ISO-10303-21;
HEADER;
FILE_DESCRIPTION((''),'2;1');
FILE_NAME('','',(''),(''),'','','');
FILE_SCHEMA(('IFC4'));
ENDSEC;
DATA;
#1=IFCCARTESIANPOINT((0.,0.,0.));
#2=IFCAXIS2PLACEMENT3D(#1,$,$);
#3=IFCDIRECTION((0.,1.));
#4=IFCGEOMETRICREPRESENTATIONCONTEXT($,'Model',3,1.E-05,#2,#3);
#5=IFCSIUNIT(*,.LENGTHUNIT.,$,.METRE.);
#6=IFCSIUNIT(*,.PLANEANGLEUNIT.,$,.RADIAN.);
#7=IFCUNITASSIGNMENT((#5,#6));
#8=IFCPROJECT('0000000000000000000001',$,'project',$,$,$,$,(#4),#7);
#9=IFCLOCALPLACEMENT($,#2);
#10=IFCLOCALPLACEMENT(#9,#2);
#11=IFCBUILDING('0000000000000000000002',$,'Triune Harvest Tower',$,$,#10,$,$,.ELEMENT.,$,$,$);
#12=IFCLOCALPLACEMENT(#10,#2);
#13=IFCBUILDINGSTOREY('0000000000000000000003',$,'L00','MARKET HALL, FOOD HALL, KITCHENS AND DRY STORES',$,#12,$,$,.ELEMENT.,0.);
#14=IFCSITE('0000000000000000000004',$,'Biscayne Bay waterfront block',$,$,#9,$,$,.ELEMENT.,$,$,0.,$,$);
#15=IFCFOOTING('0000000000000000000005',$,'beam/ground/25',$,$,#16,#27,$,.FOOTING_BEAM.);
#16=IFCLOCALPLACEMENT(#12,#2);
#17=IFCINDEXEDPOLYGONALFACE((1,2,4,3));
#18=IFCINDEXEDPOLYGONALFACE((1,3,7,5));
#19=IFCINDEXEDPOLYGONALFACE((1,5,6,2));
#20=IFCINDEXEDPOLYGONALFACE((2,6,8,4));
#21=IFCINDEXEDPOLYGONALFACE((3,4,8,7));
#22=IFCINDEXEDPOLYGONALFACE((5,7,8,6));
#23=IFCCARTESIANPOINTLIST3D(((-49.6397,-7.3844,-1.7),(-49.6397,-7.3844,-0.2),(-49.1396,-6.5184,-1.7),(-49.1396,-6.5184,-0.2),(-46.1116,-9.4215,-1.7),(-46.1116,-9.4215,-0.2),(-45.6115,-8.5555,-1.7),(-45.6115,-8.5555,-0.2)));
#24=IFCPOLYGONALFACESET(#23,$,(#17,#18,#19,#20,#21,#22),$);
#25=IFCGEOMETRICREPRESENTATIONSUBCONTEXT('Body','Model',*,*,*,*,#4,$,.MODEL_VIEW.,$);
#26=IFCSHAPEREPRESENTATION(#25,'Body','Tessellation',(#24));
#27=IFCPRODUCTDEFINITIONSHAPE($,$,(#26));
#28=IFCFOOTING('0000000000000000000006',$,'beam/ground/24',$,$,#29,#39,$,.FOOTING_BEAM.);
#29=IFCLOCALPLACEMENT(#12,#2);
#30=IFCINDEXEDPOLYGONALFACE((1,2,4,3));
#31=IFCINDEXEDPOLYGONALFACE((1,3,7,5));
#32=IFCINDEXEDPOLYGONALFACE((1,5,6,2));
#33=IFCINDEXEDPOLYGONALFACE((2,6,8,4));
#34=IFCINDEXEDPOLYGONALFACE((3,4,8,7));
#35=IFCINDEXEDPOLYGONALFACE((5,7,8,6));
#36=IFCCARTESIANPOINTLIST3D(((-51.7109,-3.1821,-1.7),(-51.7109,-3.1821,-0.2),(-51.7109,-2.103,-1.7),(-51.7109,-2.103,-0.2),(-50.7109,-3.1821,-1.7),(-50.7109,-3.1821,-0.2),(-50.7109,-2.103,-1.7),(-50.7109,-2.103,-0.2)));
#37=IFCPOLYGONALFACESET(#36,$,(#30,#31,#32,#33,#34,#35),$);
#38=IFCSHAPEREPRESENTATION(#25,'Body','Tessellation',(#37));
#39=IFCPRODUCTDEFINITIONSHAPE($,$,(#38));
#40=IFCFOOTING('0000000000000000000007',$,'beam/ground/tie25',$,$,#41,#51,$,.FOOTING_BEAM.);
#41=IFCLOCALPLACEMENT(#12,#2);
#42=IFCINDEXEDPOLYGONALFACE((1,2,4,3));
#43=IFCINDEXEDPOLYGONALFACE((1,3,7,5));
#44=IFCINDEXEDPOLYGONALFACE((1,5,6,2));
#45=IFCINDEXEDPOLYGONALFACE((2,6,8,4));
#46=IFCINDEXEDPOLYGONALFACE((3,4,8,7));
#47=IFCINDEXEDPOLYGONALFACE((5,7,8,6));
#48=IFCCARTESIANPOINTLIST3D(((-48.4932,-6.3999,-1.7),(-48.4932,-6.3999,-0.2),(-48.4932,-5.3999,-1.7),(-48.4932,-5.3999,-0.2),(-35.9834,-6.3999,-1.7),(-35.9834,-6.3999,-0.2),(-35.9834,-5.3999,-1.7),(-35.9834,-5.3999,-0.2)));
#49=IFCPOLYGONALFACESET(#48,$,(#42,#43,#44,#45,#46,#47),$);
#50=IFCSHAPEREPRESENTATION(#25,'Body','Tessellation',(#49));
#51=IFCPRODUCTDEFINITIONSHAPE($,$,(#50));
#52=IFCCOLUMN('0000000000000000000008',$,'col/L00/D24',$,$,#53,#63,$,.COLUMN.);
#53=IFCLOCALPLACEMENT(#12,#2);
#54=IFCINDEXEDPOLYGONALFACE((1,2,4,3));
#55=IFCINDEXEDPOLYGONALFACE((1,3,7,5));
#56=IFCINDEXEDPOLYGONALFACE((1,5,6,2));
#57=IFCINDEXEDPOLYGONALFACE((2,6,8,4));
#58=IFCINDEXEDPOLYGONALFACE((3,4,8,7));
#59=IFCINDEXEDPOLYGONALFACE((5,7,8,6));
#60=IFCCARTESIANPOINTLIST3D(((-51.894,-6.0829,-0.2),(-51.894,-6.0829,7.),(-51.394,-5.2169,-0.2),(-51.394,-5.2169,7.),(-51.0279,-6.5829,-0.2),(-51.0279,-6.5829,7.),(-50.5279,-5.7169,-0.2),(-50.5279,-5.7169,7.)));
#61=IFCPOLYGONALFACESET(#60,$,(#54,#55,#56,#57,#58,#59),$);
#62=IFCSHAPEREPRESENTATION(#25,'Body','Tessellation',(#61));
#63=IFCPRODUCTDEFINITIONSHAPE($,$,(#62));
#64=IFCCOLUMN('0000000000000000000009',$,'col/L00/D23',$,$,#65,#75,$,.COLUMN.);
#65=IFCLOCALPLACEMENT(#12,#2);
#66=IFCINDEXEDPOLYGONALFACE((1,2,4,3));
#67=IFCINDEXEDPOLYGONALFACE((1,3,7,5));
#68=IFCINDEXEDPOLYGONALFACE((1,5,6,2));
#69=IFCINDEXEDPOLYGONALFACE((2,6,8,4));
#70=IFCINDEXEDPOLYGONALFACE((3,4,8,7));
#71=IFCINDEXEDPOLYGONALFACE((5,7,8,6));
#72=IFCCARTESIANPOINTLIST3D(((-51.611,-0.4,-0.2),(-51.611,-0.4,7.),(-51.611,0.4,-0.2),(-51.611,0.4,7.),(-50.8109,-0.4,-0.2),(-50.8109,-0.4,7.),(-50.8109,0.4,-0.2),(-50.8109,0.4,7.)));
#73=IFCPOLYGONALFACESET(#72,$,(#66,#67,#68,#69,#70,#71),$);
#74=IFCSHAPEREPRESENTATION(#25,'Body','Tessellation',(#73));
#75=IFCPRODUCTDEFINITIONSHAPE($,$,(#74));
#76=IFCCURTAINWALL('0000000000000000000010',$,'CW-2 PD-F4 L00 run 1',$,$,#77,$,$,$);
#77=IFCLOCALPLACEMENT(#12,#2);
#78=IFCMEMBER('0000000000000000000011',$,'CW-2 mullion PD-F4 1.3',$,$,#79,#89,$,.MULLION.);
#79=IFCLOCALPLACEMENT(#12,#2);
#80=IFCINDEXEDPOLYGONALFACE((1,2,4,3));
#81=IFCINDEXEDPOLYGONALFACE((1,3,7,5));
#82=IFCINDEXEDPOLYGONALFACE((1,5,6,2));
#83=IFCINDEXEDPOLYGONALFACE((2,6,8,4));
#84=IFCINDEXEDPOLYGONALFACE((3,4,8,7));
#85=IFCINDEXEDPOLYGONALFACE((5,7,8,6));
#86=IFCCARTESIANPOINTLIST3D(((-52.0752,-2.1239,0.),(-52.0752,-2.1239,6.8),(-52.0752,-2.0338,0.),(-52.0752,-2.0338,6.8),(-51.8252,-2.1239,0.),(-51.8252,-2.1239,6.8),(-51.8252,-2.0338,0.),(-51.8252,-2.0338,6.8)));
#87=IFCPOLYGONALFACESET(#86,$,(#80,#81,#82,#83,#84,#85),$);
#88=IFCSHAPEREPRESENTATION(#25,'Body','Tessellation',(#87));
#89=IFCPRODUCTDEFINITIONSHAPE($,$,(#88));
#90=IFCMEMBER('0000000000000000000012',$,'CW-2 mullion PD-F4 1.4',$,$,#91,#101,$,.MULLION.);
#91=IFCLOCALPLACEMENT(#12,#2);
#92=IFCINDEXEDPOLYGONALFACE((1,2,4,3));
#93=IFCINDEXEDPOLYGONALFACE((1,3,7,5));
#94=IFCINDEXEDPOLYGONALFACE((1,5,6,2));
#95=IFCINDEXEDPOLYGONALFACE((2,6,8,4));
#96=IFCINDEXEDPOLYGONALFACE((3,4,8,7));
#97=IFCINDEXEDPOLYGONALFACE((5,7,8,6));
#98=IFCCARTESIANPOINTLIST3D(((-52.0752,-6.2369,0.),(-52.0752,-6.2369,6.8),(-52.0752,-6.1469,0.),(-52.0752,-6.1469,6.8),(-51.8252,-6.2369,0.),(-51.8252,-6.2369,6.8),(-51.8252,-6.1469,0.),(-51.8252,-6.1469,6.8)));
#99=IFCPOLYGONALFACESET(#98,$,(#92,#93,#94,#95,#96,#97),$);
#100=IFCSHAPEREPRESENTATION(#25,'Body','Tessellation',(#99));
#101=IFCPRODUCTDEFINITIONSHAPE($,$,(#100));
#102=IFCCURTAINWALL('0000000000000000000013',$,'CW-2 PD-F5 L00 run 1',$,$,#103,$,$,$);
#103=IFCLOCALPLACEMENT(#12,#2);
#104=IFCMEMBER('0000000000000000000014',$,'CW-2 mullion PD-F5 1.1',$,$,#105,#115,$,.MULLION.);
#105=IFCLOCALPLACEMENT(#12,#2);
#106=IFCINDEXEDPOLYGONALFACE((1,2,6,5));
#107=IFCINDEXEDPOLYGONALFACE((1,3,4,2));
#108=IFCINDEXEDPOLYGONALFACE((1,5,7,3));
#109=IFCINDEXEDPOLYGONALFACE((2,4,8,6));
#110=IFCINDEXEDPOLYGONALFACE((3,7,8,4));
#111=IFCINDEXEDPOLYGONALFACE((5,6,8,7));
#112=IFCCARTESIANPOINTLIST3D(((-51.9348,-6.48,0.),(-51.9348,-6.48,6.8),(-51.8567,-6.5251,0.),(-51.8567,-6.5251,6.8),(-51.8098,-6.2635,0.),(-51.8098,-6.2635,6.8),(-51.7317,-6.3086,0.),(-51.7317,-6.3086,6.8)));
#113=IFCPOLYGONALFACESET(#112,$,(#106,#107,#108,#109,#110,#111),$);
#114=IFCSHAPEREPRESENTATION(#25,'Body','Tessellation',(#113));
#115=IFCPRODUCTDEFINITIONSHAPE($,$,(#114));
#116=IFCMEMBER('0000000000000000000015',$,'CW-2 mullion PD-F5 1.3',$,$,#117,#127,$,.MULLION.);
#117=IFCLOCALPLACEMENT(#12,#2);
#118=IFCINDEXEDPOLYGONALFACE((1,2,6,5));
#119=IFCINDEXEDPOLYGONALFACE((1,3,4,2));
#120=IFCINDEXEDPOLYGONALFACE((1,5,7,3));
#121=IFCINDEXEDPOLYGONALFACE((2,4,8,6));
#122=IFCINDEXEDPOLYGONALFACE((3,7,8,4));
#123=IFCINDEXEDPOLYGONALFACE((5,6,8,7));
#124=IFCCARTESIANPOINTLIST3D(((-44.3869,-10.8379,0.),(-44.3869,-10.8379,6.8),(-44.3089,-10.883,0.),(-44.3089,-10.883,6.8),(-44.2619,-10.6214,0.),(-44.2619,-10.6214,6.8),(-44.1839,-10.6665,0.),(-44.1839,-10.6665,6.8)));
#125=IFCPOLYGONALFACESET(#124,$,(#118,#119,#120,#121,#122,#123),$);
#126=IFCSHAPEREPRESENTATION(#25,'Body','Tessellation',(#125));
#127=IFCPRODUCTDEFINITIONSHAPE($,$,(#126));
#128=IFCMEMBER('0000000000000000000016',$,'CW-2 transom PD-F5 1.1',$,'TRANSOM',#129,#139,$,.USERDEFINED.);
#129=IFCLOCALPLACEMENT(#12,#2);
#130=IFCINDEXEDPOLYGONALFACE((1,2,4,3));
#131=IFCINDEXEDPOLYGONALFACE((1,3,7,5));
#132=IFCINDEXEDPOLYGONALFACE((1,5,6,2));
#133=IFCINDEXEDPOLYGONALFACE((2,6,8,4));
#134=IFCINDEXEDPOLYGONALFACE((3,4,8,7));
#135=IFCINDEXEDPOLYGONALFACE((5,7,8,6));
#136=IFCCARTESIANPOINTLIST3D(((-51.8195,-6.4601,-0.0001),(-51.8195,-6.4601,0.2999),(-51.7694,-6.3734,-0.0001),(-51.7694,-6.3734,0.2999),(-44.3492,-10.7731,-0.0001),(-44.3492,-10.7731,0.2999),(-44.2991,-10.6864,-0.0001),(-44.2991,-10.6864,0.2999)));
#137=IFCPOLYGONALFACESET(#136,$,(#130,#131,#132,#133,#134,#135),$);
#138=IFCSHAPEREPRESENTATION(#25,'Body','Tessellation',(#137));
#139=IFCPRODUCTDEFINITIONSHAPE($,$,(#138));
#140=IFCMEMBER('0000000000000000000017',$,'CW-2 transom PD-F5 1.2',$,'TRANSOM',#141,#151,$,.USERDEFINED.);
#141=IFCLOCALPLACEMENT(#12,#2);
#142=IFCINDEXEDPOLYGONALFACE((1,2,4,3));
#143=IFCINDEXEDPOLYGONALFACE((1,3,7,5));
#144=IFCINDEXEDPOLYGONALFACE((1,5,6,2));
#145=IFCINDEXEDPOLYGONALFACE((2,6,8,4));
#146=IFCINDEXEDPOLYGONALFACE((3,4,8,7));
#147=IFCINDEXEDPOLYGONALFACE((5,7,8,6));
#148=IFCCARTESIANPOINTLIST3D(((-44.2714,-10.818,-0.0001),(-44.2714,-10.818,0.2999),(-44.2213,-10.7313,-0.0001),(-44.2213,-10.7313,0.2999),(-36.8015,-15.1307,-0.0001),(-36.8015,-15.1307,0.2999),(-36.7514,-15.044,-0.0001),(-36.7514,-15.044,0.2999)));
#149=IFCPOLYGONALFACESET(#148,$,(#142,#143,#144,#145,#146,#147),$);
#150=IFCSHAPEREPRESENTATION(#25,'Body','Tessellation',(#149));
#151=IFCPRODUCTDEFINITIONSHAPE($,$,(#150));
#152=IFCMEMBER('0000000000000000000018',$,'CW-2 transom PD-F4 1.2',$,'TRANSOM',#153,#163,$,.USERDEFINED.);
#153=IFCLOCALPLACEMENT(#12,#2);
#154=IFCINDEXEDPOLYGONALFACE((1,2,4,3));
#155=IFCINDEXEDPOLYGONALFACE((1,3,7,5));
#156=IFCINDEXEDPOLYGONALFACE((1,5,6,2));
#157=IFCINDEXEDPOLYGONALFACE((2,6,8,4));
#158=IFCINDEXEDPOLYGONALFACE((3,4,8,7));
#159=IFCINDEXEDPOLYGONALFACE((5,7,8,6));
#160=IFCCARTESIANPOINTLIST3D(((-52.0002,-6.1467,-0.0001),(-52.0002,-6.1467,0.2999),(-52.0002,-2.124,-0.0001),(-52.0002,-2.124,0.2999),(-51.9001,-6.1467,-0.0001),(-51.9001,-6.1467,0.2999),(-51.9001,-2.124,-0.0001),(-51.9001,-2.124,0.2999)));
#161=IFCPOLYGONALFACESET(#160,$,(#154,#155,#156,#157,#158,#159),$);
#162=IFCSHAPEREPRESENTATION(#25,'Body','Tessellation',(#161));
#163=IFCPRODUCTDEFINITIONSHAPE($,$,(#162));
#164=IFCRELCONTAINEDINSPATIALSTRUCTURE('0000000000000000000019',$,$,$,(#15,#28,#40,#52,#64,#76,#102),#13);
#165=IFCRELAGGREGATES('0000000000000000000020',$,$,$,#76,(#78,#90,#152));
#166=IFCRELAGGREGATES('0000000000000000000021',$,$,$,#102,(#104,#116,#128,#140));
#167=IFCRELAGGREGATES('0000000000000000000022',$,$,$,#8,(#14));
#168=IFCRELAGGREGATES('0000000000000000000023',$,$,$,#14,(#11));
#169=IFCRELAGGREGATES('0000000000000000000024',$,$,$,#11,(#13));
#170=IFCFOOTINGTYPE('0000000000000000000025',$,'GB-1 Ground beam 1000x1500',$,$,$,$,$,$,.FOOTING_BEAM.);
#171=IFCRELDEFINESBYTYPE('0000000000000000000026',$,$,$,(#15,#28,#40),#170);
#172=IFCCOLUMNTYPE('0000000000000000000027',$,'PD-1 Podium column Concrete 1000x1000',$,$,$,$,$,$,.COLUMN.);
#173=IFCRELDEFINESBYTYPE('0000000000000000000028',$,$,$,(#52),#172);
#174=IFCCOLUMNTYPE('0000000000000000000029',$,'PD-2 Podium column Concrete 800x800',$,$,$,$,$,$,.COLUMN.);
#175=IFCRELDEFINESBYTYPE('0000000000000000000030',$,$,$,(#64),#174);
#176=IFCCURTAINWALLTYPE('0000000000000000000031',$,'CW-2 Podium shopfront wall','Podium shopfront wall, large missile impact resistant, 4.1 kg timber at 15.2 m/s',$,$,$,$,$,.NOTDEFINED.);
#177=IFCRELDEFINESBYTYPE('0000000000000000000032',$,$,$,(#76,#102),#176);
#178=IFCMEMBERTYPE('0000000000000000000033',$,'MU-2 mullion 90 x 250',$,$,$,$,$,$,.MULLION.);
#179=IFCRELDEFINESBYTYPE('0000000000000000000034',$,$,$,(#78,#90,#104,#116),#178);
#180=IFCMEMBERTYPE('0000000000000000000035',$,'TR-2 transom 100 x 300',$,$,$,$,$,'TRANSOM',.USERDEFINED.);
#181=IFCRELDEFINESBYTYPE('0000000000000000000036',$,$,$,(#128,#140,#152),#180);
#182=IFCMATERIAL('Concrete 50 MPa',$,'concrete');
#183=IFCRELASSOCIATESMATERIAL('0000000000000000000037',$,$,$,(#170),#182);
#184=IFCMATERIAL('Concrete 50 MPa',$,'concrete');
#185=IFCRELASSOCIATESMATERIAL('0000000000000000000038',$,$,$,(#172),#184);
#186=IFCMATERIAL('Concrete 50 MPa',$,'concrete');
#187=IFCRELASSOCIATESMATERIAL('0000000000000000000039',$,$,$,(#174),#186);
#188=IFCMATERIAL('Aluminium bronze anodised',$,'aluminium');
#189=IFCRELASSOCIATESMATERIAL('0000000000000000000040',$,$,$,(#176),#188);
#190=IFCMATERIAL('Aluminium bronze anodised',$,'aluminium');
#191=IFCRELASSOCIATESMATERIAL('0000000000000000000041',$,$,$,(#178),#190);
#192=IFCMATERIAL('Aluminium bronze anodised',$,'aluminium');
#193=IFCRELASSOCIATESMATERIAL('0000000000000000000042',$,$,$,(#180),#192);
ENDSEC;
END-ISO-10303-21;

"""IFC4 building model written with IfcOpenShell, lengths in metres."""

from ifc_helpers import new_model, si_unit, direction, frame, origin, origin_2d, place, context, subcontext, project, spatial, rectangle, extrude, source, transform, mapped, material, material_profile, profile_set, type_object, element, aggregate, save


model = new_model("IFC4")

# Units and contexts
model_context = context("Model", 3, precision=1e-05, world=origin(), true_north=direction((0.0, 1.0)))
body_context = subcontext(model_context, "Body", "Model", "MODEL_VIEW")
ifc_project = project(units=[si_unit("LENGTHUNIT", "METRE"), si_unit("PLANEANGLEUNIT", "RADIAN")], contexts=[model_context])

# Site, building, storey
site_placement = place(None, origin())
site = spatial("IfcSite", under=ifc_project, at=site_placement, Name="Biscayne Bay waterfront block", CompositionType="ELEMENT", RefElevation=0.0)
building_placement = place(site_placement, origin())
building = spatial("IfcBuilding", under=site, at=building_placement, Name="Triune Harvest Tower", CompositionType="ELEMENT")
storey_placement = place(building_placement, origin())
storey = spatial("IfcBuildingStorey", under=building, at=storey_placement, Name="L00", Description="MARKET HALL, FOOD HALL, KITCHENS AND DRY STORES", CompositionType="ELEMENT", Elevation=0.0)

# Shared definitions
ifc_material_1 = material(Name="Concrete 50 MPa", Category="concrete")
ifc_material_profile_1 = material_profile(ifc_material_1, rectangle(XDim=1.0, YDim=1.5, at=origin_2d()), Name="Concrete 1000x1500")
ifc_profile_set_1 = profile_set([ifc_material_profile_1], Name="Concrete 50 MPa")
footing_type_1 = type_object("IfcFootingType", Name="GB-1 Ground beam 1000x1500", PredefinedType="FOOTING_BEAM", material=ifc_profile_set_1)

# Footings
shared_shape_1 = source(origin(), body_context, "Body", "SweptSolid", [
    extrude(rectangle(XDim=1.0, YDim=1.5, at=origin_2d()), origin(), (0.0, 0.0, 1.0), 4.074),
])
footing_1_placement = place(storey_placement, frame((-49.3896, -6.9514, -0.95), z_axis=(0.866007, -0.500032, 0.0), x_axis=(0.500032, 0.866007, 0.0)))
element("IfcFooting", 1, at=footing_1_placement, inside=storey, type_object=footing_type_1, Name="beam/ground/25", PredefinedType="FOOTING_BEAM", context=body_context, shape_type="MappedRepresentation", body=[
    mapped(shared_shape_1, transform((0.0, 0.0, 0.0), scale=1.0)),
])
shared_shape_2 = source(origin(), body_context, "Body", "SweptSolid", [
    extrude(rectangle(XDim=1.0, YDim=1.5, at=origin_2d()), origin(), (0.0, 0.0, 1.0), 1.0791),
])
footing_2_placement = place(storey_placement, frame((-51.2109, -2.103, -0.95), z_axis=(0.0, -1.0, 0.0), x_axis=(1.0, 0.0, 0.0)))
element("IfcFooting", 2, at=footing_2_placement, inside=storey, type_object=footing_type_1, Name="beam/ground/24", PredefinedType="FOOTING_BEAM", context=body_context, shape_type="MappedRepresentation", body=[
    mapped(shared_shape_2, transform((0.0, 0.0, 0.0), scale=1.0)),
])
shared_shape_3 = source(origin(), body_context, "Body", "SweptSolid", [
    extrude(rectangle(XDim=1.0, YDim=1.5, at=origin_2d()), origin(), (0.0, 0.0, 1.0), 12.5098),
])
footing_3_placement = place(storey_placement, frame((-48.4932, -5.8999, -0.95), z_axis=(1.0, 0.0, 0.0), x_axis=(0.0, 1.0, 0.0)))
element("IfcFooting", 3, at=footing_3_placement, inside=storey, type_object=footing_type_1, Name="beam/ground/tie25", PredefinedType="FOOTING_BEAM", context=body_context, shape_type="MappedRepresentation", body=[
    mapped(shared_shape_3, transform((0.0, 0.0, 0.0), scale=1.0)),
])

# Columns
ifc_material_2 = material(Name="Concrete 50 MPa", Category="concrete")
ifc_material_profile_2 = material_profile(ifc_material_2, rectangle(XDim=1.0, YDim=1.0, at=origin_2d()), Name="Concrete 1000x1000")
ifc_profile_set_2 = profile_set([ifc_material_profile_2], Name="Concrete 50 MPa")
column_type_1 = type_object("IfcColumnType", Name="PD-1 Podium column Concrete 1000x1000", PredefinedType="COLUMN", material=ifc_profile_set_2)
shared_shape_4 = source(origin(), body_context, "Body", "SweptSolid", [
    extrude(rectangle(XDim=1.0, YDim=1.0, at=origin_2d()), origin(), (0.0, 0.0, 1.0), 7.2),
])
column_1_placement = place(storey_placement, frame((-51.2109, -5.8999, -0.2), z_axis=(0.0, 0.0, 1.0), x_axis=(0.866025, -0.5, 0.0)))
element("IfcColumn", 4, at=column_1_placement, inside=storey, type_object=column_type_1, Name="col/L00/D24", PredefinedType="COLUMN", context=body_context, shape_type="MappedRepresentation", body=[
    mapped(shared_shape_4, transform((0.0, 0.0, 0.0), scale=1.0)),
])
ifc_material_3 = material(Name="Concrete 50 MPa", Category="concrete")
ifc_material_profile_3 = material_profile(ifc_material_3, rectangle(XDim=0.8, YDim=0.8, at=origin_2d()), Name="Concrete 800x800")
ifc_profile_set_3 = profile_set([ifc_material_profile_3], Name="Concrete 50 MPa")
column_type_2 = type_object("IfcColumnType", Name="PD-2 Podium column Concrete 800x800", PredefinedType="COLUMN", material=ifc_profile_set_3)
shared_shape_5 = source(origin(), body_context, "Body", "SweptSolid", [
    extrude(rectangle(XDim=0.8, YDim=0.8, at=origin_2d()), origin(), (0.0, 0.0, 1.0), 7.2),
])
column_2_placement = place(storey_placement, frame((-51.2109, 0.0, -0.2), z_axis=(0.0, 0.0, 1.0), x_axis=(0.0, -1.0, 0.0)))
element("IfcColumn", 5, at=column_2_placement, inside=storey, type_object=column_type_2, Name="col/L00/D23", PredefinedType="COLUMN", context=body_context, shape_type="MappedRepresentation", body=[
    mapped(shared_shape_5, transform((0.0, 0.0, 0.0), scale=1.0)),
])

# Curtain walls, members
ifc_material_4 = material(Name="Aluminium bronze anodised", Category="aluminium")
curtain_wall_type = type_object("IfcCurtainWallType", Name="CW-2 Podium shopfront wall", Description="Podium shopfront wall, large missile impact resistant, 4.1 kg timber at 15.2 m/s", PredefinedType="NOTDEFINED", material=ifc_material_4)
curtain_wall_1_placement = place(storey_placement, origin())
curtain_wall_1 = element("IfcCurtainWall", 6, at=curtain_wall_1_placement, inside=storey, type_object=curtain_wall_type, Name="CW-2 PD-F4 L00 run 1")
ifc_material_5 = material(Name="Aluminium bronze anodised", Category="aluminium")
ifc_material_profile_4 = material_profile(ifc_material_5, rectangle(XDim=0.25, YDim=0.0901, at=origin_2d()), Name="MU-2 mullion 90 x 250")
ifc_profile_set_4 = profile_set([ifc_material_profile_4], Name="Aluminium bronze anodised")
member_type_1 = type_object("IfcMemberType", Name="MU-2 mullion 90 x 250", PredefinedType="MULLION", material=ifc_profile_set_4)
shared_shape_6 = source(origin(), body_context, "Body", "SweptSolid", [
    extrude(rectangle(XDim=0.25, YDim=0.0901, at=origin_2d()), origin(), (0.0, 0.0, 1.0), 6.8),
])
member_1_placement = place(storey_placement, frame((-51.9502, -2.0789, 0.0), z_axis=(0.0, 0.0, 1.0), x_axis=(1.0, 0.0, 0.0)))
member_1 = element("IfcMember", 7, at=member_1_placement, type_object=member_type_1, Name="CW-2 mullion PD-F4 1.3", PredefinedType="MULLION", context=body_context, shape_type="MappedRepresentation", body=[
    mapped(shared_shape_6, transform((0.0, 0.0, 0.0), scale=1.0)),
])
member_2_placement = place(storey_placement, frame((-51.9502, -6.1919, 0.0), z_axis=(0.0, 0.0, 1.0), x_axis=(1.0, 0.0, 0.0)))
member_2 = element("IfcMember", 8, at=member_2_placement, type_object=member_type_1, Name="CW-2 mullion PD-F4 1.4", PredefinedType="MULLION", context=body_context, shape_type="MappedRepresentation", body=[
    mapped(shared_shape_6, transform((0.0, 0.0, 0.0), scale=1.0)),
])
curtain_wall_2_placement = place(storey_placement, origin())
curtain_wall_2 = element("IfcCurtainWall", 9, at=curtain_wall_2_placement, inside=storey, type_object=curtain_wall_type, Name="CW-2 PD-F5 L00 run 1")
member_3_placement = place(storey_placement, frame((-51.8333, -6.3943, 0.0), z_axis=(0.0, 0.0, 1.0), x_axis=(0.5, 0.866025, 0.0)))
member_3 = element("IfcMember", 10, at=member_3_placement, type_object=member_type_1, Name="CW-2 mullion PD-F5 1.1", PredefinedType="MULLION", context=body_context, shape_type="MappedRepresentation", body=[
    mapped(shared_shape_6, transform((0.0, 0.0, 0.0), scale=1.0)),
])
member_4_placement = place(storey_placement, frame((-44.2854, -10.7522, 0.0), z_axis=(0.0, 0.0, 1.0), x_axis=(0.5, 0.866025, 0.0)))
member_4 = element("IfcMember", 11, at=member_4_placement, type_object=member_type_1, Name="CW-2 mullion PD-F5 1.3", PredefinedType="MULLION", context=body_context, shape_type="MappedRepresentation", body=[
    mapped(shared_shape_6, transform((0.0, 0.0, 0.0), scale=1.0)),
])
ifc_material_6 = material(Name="Aluminium bronze anodised", Category="aluminium")
ifc_material_profile_5 = material_profile(ifc_material_6, rectangle(XDim=0.1001, YDim=0.3, at=origin_2d()), Name="TR-2 transom 100 x 300")
ifc_profile_set_5 = profile_set([ifc_material_profile_5], Name="Aluminium bronze anodised")
member_type_2 = type_object("IfcMemberType", Name="TR-2 transom 100 x 300", ElementType="TRANSOM", PredefinedType="USERDEFINED", material=ifc_profile_set_5)
shared_shape_7 = source(origin(), body_context, "Body", "SweptSolid", [
    extrude(rectangle(XDim=0.1001, YDim=0.3, at=origin_2d()), origin(), (0.0, 0.0, 1.0), 8.626),
])
member_5_placement = place(storey_placement, frame((-51.7944, -6.4167, 0.1499), z_axis=(0.866023, -0.500005, 0.0), x_axis=(0.500005, 0.866023, 0.0)))
member_5 = element("IfcMember", 12, at=member_5_placement, type_object=member_type_2, Name="CW-2 transom PD-F5 1.1", ObjectType="TRANSOM", PredefinedType="USERDEFINED", context=body_context, shape_type="MappedRepresentation", body=[
    mapped(shared_shape_7, transform((0.0, 0.0, 0.0), scale=1.0)),
])
shared_shape_8 = source(origin(), body_context, "Body", "SweptSolid", [
    extrude(rectangle(XDim=0.1001, YDim=0.3, at=origin_2d()), origin(), (0.0, 0.0, 1.0), 8.6255),
])
member_6_placement = place(storey_placement, frame((-44.2463, -10.7747, 0.1499), z_axis=(0.866028, -0.499996, 0.0), x_axis=(0.499996, 0.866028, 0.0)))
member_6 = element("IfcMember", 13, at=member_6_placement, type_object=member_type_2, Name="CW-2 transom PD-F5 1.2", ObjectType="TRANSOM", PredefinedType="USERDEFINED", context=body_context, shape_type="MappedRepresentation", body=[
    mapped(shared_shape_8, transform((0.0, 0.0, 0.0), scale=1.0)),
])

# Member
shared_shape_9 = source(origin(), body_context, "Body", "SweptSolid", [
    extrude(rectangle(XDim=0.1001, YDim=0.3, at=origin_2d()), origin(), (0.0, 0.0, 1.0), 4.0227),
])
member_7_placement = place(storey_placement, frame((-51.9502, -2.124, 0.1499), z_axis=(0.0, -1.0, 0.0), x_axis=(1.0, 0.0, 0.0)))
member_7 = element("IfcMember", 14, at=member_7_placement, type_object=member_type_2, Name="CW-2 transom PD-F4 1.2", ObjectType="TRANSOM", PredefinedType="USERDEFINED", context=body_context, shape_type="MappedRepresentation", body=[
    mapped(shared_shape_9, transform((0.0, 0.0, 0.0), scale=1.0)),
])

aggregate(curtain_wall_1, [member_1, member_2, member_7])
aggregate(curtain_wall_2, [member_3, member_4, member_5, member_6])

save(model, "model.ifc")
